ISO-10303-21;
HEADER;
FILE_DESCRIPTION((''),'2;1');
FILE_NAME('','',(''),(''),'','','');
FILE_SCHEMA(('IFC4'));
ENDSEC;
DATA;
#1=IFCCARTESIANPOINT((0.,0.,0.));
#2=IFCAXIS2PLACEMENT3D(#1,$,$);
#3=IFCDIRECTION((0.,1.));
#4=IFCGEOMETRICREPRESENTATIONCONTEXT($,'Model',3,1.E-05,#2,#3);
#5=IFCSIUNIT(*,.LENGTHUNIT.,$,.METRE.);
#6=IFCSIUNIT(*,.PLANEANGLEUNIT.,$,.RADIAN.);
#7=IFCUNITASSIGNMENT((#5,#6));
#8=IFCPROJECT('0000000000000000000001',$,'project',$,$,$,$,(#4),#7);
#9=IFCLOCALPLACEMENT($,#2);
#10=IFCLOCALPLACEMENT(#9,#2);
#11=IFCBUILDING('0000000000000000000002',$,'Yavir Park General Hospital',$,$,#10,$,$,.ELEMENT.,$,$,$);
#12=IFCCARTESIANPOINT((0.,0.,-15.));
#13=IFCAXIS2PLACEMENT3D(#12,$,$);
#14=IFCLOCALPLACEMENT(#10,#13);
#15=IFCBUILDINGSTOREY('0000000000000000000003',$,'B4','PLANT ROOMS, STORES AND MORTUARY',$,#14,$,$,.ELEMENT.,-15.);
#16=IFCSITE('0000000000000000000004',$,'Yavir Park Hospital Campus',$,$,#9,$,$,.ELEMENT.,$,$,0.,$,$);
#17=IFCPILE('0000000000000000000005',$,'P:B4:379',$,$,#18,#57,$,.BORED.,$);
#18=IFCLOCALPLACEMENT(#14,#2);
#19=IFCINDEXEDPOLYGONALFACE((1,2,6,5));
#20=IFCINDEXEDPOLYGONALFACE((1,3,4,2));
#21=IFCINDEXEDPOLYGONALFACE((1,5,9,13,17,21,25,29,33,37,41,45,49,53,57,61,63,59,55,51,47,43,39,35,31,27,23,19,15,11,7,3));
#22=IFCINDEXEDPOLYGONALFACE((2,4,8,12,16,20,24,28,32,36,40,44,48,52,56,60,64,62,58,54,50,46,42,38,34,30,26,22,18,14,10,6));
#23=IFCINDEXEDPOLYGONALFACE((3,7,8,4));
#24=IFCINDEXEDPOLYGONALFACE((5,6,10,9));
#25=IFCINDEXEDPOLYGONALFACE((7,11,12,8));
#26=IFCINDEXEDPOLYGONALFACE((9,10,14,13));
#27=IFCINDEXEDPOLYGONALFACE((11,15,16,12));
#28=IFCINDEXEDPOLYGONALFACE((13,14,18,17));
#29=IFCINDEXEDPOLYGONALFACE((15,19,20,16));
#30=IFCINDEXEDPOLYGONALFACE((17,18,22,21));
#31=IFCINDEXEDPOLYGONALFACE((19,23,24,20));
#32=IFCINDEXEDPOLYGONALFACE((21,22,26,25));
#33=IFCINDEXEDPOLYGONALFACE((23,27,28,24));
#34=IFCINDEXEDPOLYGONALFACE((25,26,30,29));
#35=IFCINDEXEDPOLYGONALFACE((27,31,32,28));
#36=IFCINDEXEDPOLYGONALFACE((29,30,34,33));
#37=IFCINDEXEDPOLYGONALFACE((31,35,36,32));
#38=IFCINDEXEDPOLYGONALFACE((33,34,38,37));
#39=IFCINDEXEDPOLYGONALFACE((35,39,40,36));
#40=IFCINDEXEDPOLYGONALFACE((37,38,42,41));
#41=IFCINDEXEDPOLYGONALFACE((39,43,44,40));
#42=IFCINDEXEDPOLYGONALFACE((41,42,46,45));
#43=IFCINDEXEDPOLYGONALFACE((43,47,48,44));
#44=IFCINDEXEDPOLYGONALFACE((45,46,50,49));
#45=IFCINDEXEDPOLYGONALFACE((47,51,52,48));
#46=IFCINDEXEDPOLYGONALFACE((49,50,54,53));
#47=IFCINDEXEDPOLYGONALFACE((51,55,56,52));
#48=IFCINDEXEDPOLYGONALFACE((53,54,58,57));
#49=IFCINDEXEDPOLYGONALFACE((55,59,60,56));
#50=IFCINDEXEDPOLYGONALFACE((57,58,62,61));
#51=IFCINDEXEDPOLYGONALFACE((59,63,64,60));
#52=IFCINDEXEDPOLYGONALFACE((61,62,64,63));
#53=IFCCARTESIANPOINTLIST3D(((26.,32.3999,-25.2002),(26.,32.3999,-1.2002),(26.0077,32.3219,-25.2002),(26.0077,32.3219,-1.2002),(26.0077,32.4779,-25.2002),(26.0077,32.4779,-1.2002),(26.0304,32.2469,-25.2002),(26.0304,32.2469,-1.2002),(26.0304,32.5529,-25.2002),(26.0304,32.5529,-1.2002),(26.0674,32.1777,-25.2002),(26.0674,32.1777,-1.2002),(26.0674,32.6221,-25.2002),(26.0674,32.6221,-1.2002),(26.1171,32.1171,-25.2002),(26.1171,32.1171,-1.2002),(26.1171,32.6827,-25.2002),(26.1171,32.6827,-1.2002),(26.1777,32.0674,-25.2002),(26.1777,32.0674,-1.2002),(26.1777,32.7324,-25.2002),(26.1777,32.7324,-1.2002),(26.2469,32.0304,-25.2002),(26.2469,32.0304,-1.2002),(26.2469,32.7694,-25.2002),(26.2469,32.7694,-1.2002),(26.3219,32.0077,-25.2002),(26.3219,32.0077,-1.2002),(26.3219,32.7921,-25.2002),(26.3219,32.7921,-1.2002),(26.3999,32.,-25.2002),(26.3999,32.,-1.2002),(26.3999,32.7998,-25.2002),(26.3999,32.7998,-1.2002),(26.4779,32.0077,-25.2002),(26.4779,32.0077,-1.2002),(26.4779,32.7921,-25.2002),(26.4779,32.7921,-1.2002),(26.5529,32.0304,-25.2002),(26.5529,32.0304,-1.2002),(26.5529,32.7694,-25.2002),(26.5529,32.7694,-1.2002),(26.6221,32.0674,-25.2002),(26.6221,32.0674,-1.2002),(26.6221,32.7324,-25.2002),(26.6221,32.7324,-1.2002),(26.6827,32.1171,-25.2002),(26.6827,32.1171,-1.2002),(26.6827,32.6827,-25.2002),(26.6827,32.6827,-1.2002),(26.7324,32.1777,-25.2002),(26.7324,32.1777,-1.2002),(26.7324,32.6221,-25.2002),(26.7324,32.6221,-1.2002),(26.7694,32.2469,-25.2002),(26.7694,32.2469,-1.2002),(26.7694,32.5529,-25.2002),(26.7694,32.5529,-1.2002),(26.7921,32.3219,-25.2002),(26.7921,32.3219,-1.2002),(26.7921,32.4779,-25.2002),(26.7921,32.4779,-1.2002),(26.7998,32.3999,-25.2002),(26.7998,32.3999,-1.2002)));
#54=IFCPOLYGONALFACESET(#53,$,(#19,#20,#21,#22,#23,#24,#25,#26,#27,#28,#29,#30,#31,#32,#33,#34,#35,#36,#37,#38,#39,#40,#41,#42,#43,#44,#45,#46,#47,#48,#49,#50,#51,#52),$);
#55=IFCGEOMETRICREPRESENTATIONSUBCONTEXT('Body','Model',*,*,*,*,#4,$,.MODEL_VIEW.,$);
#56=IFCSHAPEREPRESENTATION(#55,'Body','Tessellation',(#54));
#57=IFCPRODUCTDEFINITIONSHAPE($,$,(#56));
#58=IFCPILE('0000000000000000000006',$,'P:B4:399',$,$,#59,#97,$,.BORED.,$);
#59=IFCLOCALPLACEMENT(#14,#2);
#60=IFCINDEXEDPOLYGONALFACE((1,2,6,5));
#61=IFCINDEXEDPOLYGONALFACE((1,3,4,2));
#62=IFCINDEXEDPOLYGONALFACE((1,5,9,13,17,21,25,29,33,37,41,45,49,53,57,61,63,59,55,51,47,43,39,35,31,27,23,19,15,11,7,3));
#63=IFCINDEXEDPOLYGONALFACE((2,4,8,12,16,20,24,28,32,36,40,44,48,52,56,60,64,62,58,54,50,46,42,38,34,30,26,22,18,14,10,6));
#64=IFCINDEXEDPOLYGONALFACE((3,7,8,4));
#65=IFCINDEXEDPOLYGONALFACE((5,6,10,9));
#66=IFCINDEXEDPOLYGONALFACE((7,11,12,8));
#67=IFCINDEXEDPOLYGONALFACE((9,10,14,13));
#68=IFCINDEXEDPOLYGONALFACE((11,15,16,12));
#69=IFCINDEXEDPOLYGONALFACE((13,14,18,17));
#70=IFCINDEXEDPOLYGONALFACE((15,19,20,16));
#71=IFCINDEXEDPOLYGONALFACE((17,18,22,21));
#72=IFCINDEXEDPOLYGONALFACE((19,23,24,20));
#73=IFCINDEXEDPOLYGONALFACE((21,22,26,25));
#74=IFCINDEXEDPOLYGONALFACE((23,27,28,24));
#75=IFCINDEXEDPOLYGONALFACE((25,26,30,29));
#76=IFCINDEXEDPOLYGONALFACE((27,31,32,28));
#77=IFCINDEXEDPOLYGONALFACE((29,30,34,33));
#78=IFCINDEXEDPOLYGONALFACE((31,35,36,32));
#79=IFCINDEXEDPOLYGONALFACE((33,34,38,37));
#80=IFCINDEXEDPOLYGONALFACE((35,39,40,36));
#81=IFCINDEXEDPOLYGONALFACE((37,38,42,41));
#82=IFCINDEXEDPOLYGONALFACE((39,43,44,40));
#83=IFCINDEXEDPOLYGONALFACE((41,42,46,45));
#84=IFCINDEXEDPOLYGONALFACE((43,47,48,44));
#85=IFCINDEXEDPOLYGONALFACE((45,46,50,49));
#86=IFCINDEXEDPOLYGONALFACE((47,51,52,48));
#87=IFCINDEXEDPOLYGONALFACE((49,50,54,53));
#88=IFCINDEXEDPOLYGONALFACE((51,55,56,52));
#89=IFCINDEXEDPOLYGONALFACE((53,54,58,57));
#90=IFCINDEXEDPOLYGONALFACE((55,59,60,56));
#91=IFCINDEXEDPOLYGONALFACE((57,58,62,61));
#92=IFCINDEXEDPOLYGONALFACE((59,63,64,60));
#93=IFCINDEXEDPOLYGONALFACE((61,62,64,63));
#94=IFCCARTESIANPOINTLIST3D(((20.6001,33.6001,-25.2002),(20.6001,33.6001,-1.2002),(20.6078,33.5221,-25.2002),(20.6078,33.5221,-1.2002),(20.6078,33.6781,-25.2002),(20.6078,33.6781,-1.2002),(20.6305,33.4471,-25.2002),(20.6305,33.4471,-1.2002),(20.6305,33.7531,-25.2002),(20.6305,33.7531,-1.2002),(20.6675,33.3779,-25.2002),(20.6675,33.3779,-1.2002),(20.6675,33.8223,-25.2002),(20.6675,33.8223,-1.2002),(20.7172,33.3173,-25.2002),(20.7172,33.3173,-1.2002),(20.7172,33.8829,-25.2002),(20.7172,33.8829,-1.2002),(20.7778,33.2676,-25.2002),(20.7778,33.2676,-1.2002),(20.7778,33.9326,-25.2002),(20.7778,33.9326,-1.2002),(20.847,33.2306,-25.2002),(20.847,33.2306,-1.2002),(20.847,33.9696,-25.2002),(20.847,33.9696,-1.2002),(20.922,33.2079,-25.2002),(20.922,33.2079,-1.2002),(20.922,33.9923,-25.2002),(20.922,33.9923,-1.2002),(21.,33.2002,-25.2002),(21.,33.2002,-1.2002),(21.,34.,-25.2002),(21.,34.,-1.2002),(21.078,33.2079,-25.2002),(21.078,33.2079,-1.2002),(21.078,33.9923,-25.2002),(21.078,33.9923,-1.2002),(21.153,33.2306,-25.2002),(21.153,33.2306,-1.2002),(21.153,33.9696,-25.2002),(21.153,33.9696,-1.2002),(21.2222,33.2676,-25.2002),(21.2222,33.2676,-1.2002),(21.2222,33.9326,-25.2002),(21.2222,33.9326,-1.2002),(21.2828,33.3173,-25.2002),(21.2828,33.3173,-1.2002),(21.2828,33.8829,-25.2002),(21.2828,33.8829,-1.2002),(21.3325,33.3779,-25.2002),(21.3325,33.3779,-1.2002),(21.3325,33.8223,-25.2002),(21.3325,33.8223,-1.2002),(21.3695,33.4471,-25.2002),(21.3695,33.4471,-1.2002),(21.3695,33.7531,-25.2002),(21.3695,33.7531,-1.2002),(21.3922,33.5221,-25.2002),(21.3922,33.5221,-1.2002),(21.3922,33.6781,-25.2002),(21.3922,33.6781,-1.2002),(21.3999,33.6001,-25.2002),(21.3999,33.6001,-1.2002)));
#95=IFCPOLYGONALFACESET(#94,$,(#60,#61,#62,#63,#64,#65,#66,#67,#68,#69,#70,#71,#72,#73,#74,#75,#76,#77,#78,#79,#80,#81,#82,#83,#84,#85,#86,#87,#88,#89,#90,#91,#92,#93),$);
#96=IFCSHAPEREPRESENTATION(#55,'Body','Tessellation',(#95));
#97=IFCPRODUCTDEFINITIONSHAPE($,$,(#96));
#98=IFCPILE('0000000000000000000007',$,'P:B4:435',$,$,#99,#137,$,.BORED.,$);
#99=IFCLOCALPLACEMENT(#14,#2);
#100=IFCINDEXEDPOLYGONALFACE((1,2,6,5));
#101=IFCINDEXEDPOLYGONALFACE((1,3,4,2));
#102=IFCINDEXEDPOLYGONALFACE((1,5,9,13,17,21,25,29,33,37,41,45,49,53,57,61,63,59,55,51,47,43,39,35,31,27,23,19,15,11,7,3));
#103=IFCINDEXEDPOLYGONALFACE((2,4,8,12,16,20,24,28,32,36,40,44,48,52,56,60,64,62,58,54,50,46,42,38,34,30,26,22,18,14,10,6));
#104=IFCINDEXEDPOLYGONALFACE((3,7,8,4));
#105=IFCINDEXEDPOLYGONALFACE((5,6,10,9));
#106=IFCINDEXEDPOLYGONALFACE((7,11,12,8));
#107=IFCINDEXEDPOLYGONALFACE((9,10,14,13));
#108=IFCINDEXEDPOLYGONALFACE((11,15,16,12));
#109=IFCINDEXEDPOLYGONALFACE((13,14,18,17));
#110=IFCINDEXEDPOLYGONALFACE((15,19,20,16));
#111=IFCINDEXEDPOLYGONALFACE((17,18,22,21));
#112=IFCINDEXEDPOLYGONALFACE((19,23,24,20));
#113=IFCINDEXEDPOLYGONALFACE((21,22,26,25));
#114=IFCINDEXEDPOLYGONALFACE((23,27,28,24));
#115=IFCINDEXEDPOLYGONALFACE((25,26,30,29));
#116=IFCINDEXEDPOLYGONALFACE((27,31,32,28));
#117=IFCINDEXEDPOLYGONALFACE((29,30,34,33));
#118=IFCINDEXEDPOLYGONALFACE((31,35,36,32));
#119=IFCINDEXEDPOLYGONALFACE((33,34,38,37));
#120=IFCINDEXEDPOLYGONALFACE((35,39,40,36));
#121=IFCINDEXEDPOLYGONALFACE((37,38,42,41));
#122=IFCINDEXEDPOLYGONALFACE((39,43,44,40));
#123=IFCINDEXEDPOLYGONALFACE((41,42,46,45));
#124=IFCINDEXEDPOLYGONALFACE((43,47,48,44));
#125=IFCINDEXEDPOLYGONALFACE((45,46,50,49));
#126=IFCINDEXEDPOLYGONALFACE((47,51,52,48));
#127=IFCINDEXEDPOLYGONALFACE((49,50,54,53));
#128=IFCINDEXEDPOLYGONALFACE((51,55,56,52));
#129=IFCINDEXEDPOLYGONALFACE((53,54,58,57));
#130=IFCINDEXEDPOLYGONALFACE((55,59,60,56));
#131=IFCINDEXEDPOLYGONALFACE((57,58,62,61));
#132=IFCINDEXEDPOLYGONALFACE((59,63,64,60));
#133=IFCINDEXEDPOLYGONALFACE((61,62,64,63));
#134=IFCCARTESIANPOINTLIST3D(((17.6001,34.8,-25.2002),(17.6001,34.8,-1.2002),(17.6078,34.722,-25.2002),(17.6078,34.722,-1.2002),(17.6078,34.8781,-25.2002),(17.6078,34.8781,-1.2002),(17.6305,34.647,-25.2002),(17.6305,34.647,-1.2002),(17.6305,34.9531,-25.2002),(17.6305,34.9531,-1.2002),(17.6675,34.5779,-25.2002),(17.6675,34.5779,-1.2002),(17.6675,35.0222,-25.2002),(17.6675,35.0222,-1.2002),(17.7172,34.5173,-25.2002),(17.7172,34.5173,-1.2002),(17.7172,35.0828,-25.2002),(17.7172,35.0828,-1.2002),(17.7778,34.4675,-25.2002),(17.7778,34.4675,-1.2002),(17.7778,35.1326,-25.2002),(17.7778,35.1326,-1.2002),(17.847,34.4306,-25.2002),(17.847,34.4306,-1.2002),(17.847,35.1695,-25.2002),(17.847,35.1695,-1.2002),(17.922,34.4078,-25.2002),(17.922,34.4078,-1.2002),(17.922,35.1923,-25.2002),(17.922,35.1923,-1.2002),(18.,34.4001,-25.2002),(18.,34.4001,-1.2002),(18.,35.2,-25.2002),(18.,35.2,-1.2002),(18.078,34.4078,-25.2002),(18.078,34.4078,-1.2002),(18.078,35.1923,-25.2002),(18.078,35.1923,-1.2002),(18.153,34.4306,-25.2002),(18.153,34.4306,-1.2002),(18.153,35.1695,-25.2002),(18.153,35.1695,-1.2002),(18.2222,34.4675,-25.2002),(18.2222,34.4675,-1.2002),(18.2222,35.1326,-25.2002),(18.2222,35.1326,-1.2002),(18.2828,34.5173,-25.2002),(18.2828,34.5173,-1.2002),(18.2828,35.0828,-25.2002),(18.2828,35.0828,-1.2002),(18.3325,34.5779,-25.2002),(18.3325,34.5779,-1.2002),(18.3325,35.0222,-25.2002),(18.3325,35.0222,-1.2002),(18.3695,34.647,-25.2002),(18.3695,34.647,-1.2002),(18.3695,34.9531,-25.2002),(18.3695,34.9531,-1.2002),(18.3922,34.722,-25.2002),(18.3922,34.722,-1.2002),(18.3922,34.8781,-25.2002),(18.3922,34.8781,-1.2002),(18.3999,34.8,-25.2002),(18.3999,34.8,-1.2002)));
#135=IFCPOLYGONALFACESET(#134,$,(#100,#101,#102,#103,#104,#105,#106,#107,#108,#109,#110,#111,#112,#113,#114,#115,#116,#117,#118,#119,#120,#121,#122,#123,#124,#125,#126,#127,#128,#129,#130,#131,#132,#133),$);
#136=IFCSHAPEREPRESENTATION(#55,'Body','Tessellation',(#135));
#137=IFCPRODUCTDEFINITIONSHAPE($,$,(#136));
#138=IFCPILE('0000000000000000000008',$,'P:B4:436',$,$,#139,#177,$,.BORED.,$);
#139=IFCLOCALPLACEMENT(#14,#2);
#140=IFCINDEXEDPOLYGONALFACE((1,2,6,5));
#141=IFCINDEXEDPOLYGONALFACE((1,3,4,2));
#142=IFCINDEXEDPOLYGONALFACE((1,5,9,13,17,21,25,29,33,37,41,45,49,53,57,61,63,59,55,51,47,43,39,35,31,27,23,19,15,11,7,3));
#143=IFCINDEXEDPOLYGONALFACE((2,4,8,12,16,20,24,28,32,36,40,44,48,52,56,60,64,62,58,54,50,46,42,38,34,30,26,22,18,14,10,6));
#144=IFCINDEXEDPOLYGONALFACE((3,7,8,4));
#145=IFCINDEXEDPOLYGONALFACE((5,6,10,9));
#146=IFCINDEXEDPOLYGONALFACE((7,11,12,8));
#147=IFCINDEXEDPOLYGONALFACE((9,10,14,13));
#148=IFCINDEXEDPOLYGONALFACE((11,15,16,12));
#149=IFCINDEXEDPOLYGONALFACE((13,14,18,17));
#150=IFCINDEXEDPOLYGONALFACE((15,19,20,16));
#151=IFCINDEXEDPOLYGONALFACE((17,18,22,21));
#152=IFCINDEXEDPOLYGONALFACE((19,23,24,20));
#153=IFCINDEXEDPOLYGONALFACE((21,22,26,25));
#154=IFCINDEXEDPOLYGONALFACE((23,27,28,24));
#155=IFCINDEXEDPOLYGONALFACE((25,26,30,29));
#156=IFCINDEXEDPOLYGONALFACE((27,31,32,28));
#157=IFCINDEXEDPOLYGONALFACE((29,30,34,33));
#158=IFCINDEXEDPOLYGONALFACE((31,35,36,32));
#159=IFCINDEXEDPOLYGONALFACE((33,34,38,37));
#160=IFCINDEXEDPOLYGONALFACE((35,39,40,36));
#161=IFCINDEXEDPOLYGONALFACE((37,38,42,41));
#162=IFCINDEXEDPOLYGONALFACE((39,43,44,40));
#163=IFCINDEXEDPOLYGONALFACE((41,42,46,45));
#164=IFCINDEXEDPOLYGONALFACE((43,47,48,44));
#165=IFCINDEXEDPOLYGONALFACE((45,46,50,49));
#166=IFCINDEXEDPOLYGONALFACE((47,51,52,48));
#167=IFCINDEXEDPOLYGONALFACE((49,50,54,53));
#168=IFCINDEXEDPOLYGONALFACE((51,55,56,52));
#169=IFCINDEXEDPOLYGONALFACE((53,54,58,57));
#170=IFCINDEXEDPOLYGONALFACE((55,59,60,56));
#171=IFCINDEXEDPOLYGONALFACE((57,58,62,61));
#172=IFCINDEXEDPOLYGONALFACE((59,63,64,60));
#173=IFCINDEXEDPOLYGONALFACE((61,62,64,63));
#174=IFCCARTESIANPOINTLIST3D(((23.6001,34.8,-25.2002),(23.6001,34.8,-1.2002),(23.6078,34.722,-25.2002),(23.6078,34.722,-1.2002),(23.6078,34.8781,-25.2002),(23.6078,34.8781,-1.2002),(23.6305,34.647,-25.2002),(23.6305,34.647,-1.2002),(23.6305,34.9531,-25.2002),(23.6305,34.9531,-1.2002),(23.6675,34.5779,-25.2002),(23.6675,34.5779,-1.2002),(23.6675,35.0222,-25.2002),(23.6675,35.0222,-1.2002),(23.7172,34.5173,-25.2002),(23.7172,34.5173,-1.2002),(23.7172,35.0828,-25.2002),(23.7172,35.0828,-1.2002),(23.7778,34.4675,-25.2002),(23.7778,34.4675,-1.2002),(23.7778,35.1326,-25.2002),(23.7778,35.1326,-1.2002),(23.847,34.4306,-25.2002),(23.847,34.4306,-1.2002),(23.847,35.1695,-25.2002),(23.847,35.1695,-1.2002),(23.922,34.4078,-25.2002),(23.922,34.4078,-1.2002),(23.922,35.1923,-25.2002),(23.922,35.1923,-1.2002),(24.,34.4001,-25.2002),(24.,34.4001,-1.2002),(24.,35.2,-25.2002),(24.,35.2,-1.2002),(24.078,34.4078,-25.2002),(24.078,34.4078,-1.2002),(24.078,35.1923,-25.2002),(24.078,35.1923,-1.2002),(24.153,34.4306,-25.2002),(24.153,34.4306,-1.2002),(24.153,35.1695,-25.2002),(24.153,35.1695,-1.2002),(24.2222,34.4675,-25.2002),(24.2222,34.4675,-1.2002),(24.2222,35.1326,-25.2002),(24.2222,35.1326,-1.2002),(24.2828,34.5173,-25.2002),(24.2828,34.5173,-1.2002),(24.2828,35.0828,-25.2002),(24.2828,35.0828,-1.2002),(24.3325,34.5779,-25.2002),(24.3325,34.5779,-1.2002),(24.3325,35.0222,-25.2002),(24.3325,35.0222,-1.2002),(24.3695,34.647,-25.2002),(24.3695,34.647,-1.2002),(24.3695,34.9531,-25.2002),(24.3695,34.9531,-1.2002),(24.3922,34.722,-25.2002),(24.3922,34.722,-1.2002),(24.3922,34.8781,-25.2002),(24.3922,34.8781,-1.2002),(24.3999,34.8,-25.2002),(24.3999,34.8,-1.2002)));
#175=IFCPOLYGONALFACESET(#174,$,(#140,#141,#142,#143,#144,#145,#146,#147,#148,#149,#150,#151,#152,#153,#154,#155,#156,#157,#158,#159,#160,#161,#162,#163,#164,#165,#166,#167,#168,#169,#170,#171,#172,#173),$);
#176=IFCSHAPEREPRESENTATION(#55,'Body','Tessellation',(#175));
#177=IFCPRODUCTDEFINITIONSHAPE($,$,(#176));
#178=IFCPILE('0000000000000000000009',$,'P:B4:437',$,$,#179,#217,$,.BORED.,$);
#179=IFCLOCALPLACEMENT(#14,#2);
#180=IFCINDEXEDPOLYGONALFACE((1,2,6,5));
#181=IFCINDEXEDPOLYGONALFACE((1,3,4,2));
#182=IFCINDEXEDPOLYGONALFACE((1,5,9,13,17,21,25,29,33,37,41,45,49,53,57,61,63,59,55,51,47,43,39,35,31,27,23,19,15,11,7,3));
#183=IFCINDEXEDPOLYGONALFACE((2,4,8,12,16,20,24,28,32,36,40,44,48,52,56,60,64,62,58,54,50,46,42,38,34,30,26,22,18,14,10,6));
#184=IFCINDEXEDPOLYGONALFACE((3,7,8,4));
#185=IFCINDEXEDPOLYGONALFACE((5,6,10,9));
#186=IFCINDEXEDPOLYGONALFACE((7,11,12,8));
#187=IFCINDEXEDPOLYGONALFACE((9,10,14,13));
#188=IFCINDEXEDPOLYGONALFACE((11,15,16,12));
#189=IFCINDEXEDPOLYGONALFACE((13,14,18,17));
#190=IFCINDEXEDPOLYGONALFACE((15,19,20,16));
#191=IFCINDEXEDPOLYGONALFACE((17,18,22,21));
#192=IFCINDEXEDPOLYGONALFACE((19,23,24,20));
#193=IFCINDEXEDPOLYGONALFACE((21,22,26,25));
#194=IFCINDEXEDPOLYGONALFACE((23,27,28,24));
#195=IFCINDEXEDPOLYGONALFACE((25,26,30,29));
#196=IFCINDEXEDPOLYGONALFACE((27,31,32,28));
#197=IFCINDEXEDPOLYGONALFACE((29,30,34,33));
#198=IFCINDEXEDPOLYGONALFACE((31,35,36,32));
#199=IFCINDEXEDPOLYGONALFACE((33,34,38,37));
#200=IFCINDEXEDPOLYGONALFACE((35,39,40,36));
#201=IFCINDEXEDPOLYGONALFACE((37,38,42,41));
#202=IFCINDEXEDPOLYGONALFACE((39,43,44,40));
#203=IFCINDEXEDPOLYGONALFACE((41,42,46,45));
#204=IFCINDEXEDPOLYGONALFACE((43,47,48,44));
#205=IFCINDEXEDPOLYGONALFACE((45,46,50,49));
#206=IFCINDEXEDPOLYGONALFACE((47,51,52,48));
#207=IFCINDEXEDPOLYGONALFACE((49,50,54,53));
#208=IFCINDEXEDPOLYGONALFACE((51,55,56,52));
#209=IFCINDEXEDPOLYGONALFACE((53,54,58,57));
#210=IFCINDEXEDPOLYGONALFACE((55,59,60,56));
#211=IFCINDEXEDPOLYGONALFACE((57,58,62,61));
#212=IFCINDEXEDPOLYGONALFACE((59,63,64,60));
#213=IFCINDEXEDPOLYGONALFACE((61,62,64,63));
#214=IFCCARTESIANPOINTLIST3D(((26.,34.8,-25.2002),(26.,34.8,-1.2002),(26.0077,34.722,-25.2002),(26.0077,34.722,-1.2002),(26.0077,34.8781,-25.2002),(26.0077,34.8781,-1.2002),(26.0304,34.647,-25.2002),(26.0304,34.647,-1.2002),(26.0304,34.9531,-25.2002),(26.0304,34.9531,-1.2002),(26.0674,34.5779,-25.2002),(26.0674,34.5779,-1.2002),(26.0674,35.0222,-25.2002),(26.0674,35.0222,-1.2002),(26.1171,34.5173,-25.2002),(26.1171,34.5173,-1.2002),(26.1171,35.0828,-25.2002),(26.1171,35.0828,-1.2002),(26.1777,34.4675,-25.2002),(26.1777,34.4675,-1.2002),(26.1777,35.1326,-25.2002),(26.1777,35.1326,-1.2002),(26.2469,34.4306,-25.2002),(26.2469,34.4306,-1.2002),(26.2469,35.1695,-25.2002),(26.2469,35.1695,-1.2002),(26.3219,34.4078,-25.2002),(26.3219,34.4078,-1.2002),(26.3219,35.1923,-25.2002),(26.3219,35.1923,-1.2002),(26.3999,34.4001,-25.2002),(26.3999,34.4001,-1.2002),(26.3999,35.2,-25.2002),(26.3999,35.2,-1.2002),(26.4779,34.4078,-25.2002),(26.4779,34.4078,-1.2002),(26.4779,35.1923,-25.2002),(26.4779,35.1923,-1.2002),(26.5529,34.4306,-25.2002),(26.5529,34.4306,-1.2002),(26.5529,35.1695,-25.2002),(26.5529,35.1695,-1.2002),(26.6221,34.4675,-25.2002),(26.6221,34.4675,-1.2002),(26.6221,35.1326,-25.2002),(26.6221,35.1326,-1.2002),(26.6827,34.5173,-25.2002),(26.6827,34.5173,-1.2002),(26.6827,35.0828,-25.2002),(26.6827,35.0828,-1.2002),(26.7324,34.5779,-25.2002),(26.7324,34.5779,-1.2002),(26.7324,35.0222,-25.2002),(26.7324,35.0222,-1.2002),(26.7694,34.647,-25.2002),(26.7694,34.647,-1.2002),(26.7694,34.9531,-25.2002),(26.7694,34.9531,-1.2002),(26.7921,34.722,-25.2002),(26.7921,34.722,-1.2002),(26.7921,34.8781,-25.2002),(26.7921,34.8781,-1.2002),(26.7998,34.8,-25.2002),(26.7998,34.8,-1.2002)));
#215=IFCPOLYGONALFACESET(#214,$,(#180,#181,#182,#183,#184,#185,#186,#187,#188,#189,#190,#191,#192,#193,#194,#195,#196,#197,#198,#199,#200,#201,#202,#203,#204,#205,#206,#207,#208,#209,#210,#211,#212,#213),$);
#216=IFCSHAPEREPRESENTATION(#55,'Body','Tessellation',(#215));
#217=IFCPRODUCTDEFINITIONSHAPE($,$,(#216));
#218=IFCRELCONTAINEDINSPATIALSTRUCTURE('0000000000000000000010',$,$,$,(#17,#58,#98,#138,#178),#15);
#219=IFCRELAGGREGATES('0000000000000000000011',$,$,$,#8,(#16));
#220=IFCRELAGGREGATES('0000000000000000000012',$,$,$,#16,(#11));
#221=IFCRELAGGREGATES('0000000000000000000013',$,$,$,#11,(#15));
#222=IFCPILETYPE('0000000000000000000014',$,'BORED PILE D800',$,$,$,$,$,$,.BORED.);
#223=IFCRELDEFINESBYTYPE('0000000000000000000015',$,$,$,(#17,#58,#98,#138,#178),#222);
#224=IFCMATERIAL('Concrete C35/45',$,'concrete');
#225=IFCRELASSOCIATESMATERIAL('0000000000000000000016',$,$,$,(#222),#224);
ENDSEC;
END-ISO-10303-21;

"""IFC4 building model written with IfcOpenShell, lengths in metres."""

from ifc_helpers import new_model, si_unit, direction, frame, origin, origin_2d, place, context, subcontext, project, spatial, circle, extrude, material, material_profile, profile_set, type_object, element, save


model = new_model("IFC4")

# Units and contexts
model_context = context("Model", 3, precision=1e-05, world=origin(), true_north=direction((0.0, 1.0)))
body_context = subcontext(model_context, "Body", "Model", "MODEL_VIEW")
ifc_project = project(units=[si_unit("LENGTHUNIT", "METRE"), si_unit("PLANEANGLEUNIT", "RADIAN")], contexts=[model_context])

# Site, building, storey
site_placement = place(None, origin())
site = spatial("IfcSite", under=ifc_project, at=site_placement, Name="Yavir Park Hospital Campus", CompositionType="ELEMENT", RefElevation=0.0)
building_placement = place(site_placement, origin())
building = spatial("IfcBuilding", under=site, at=building_placement, Name="Yavir Park General Hospital", CompositionType="ELEMENT")
storey_placement = place(building_placement, frame((0.0, 0.0, -15.0)))
storey = spatial("IfcBuildingStorey", under=building, at=storey_placement, Name="B4", Description="PLANT ROOMS, STORES AND MORTUARY", CompositionType="ELEMENT", Elevation=-15.0)

# Piles
ifc_material_1 = material(Name="Concrete C35/45", Category="concrete")
ifc_material_profile_1 = material_profile(ifc_material_1, circle(Radius=0.3999, at=origin_2d()), Name="D800")
ifc_profile_set_1 = profile_set([ifc_material_profile_1], Name="Concrete C35/45")
pile_type_1 = type_object("IfcPileType", Name="BORED PILE D800", PredefinedType="BORED", material=ifc_profile_set_1)
for number, where, z_axis, x_axis, name in (
    (1, (26.3999, 32.3999, -1.2002), (0.0, 0.0, -1.0), (1.0, 0.0, 0.0), "P:B4:379"),
    (2, (21.0, 33.6001, -1.2002), (0.0, 0.0, -1.0), (1.0, 0.0, 0.0), "P:B4:399"),
    (3, (18.0, 34.8, -1.2002), (0.0, 0.0, -1.0), (1.0, 0.0, 0.0), "P:B4:435"),
    (4, (24.0, 34.8, -1.2002), (0.0, 0.0, -1.0), (1.0, 0.0, 0.0), "P:B4:436"),
    (5, (26.3999, 34.8, -1.2002), (0.0, 0.0, -1.0), (1.0, 0.0, 0.0), "P:B4:437"),
):
    element("IfcPile", number, at=place(storey_placement, frame(where, z_axis=z_axis, x_axis=x_axis)), inside=storey, type_object=pile_type_1, Name=name, PredefinedType="BORED", context=body_context, shape_type="SweptSolid", body=[
        extrude(circle(Radius=0.3999, at=origin_2d()), origin(), (0.0, 0.0, 1.0), 24.0),
    ])

save(model, "model.ifc")
